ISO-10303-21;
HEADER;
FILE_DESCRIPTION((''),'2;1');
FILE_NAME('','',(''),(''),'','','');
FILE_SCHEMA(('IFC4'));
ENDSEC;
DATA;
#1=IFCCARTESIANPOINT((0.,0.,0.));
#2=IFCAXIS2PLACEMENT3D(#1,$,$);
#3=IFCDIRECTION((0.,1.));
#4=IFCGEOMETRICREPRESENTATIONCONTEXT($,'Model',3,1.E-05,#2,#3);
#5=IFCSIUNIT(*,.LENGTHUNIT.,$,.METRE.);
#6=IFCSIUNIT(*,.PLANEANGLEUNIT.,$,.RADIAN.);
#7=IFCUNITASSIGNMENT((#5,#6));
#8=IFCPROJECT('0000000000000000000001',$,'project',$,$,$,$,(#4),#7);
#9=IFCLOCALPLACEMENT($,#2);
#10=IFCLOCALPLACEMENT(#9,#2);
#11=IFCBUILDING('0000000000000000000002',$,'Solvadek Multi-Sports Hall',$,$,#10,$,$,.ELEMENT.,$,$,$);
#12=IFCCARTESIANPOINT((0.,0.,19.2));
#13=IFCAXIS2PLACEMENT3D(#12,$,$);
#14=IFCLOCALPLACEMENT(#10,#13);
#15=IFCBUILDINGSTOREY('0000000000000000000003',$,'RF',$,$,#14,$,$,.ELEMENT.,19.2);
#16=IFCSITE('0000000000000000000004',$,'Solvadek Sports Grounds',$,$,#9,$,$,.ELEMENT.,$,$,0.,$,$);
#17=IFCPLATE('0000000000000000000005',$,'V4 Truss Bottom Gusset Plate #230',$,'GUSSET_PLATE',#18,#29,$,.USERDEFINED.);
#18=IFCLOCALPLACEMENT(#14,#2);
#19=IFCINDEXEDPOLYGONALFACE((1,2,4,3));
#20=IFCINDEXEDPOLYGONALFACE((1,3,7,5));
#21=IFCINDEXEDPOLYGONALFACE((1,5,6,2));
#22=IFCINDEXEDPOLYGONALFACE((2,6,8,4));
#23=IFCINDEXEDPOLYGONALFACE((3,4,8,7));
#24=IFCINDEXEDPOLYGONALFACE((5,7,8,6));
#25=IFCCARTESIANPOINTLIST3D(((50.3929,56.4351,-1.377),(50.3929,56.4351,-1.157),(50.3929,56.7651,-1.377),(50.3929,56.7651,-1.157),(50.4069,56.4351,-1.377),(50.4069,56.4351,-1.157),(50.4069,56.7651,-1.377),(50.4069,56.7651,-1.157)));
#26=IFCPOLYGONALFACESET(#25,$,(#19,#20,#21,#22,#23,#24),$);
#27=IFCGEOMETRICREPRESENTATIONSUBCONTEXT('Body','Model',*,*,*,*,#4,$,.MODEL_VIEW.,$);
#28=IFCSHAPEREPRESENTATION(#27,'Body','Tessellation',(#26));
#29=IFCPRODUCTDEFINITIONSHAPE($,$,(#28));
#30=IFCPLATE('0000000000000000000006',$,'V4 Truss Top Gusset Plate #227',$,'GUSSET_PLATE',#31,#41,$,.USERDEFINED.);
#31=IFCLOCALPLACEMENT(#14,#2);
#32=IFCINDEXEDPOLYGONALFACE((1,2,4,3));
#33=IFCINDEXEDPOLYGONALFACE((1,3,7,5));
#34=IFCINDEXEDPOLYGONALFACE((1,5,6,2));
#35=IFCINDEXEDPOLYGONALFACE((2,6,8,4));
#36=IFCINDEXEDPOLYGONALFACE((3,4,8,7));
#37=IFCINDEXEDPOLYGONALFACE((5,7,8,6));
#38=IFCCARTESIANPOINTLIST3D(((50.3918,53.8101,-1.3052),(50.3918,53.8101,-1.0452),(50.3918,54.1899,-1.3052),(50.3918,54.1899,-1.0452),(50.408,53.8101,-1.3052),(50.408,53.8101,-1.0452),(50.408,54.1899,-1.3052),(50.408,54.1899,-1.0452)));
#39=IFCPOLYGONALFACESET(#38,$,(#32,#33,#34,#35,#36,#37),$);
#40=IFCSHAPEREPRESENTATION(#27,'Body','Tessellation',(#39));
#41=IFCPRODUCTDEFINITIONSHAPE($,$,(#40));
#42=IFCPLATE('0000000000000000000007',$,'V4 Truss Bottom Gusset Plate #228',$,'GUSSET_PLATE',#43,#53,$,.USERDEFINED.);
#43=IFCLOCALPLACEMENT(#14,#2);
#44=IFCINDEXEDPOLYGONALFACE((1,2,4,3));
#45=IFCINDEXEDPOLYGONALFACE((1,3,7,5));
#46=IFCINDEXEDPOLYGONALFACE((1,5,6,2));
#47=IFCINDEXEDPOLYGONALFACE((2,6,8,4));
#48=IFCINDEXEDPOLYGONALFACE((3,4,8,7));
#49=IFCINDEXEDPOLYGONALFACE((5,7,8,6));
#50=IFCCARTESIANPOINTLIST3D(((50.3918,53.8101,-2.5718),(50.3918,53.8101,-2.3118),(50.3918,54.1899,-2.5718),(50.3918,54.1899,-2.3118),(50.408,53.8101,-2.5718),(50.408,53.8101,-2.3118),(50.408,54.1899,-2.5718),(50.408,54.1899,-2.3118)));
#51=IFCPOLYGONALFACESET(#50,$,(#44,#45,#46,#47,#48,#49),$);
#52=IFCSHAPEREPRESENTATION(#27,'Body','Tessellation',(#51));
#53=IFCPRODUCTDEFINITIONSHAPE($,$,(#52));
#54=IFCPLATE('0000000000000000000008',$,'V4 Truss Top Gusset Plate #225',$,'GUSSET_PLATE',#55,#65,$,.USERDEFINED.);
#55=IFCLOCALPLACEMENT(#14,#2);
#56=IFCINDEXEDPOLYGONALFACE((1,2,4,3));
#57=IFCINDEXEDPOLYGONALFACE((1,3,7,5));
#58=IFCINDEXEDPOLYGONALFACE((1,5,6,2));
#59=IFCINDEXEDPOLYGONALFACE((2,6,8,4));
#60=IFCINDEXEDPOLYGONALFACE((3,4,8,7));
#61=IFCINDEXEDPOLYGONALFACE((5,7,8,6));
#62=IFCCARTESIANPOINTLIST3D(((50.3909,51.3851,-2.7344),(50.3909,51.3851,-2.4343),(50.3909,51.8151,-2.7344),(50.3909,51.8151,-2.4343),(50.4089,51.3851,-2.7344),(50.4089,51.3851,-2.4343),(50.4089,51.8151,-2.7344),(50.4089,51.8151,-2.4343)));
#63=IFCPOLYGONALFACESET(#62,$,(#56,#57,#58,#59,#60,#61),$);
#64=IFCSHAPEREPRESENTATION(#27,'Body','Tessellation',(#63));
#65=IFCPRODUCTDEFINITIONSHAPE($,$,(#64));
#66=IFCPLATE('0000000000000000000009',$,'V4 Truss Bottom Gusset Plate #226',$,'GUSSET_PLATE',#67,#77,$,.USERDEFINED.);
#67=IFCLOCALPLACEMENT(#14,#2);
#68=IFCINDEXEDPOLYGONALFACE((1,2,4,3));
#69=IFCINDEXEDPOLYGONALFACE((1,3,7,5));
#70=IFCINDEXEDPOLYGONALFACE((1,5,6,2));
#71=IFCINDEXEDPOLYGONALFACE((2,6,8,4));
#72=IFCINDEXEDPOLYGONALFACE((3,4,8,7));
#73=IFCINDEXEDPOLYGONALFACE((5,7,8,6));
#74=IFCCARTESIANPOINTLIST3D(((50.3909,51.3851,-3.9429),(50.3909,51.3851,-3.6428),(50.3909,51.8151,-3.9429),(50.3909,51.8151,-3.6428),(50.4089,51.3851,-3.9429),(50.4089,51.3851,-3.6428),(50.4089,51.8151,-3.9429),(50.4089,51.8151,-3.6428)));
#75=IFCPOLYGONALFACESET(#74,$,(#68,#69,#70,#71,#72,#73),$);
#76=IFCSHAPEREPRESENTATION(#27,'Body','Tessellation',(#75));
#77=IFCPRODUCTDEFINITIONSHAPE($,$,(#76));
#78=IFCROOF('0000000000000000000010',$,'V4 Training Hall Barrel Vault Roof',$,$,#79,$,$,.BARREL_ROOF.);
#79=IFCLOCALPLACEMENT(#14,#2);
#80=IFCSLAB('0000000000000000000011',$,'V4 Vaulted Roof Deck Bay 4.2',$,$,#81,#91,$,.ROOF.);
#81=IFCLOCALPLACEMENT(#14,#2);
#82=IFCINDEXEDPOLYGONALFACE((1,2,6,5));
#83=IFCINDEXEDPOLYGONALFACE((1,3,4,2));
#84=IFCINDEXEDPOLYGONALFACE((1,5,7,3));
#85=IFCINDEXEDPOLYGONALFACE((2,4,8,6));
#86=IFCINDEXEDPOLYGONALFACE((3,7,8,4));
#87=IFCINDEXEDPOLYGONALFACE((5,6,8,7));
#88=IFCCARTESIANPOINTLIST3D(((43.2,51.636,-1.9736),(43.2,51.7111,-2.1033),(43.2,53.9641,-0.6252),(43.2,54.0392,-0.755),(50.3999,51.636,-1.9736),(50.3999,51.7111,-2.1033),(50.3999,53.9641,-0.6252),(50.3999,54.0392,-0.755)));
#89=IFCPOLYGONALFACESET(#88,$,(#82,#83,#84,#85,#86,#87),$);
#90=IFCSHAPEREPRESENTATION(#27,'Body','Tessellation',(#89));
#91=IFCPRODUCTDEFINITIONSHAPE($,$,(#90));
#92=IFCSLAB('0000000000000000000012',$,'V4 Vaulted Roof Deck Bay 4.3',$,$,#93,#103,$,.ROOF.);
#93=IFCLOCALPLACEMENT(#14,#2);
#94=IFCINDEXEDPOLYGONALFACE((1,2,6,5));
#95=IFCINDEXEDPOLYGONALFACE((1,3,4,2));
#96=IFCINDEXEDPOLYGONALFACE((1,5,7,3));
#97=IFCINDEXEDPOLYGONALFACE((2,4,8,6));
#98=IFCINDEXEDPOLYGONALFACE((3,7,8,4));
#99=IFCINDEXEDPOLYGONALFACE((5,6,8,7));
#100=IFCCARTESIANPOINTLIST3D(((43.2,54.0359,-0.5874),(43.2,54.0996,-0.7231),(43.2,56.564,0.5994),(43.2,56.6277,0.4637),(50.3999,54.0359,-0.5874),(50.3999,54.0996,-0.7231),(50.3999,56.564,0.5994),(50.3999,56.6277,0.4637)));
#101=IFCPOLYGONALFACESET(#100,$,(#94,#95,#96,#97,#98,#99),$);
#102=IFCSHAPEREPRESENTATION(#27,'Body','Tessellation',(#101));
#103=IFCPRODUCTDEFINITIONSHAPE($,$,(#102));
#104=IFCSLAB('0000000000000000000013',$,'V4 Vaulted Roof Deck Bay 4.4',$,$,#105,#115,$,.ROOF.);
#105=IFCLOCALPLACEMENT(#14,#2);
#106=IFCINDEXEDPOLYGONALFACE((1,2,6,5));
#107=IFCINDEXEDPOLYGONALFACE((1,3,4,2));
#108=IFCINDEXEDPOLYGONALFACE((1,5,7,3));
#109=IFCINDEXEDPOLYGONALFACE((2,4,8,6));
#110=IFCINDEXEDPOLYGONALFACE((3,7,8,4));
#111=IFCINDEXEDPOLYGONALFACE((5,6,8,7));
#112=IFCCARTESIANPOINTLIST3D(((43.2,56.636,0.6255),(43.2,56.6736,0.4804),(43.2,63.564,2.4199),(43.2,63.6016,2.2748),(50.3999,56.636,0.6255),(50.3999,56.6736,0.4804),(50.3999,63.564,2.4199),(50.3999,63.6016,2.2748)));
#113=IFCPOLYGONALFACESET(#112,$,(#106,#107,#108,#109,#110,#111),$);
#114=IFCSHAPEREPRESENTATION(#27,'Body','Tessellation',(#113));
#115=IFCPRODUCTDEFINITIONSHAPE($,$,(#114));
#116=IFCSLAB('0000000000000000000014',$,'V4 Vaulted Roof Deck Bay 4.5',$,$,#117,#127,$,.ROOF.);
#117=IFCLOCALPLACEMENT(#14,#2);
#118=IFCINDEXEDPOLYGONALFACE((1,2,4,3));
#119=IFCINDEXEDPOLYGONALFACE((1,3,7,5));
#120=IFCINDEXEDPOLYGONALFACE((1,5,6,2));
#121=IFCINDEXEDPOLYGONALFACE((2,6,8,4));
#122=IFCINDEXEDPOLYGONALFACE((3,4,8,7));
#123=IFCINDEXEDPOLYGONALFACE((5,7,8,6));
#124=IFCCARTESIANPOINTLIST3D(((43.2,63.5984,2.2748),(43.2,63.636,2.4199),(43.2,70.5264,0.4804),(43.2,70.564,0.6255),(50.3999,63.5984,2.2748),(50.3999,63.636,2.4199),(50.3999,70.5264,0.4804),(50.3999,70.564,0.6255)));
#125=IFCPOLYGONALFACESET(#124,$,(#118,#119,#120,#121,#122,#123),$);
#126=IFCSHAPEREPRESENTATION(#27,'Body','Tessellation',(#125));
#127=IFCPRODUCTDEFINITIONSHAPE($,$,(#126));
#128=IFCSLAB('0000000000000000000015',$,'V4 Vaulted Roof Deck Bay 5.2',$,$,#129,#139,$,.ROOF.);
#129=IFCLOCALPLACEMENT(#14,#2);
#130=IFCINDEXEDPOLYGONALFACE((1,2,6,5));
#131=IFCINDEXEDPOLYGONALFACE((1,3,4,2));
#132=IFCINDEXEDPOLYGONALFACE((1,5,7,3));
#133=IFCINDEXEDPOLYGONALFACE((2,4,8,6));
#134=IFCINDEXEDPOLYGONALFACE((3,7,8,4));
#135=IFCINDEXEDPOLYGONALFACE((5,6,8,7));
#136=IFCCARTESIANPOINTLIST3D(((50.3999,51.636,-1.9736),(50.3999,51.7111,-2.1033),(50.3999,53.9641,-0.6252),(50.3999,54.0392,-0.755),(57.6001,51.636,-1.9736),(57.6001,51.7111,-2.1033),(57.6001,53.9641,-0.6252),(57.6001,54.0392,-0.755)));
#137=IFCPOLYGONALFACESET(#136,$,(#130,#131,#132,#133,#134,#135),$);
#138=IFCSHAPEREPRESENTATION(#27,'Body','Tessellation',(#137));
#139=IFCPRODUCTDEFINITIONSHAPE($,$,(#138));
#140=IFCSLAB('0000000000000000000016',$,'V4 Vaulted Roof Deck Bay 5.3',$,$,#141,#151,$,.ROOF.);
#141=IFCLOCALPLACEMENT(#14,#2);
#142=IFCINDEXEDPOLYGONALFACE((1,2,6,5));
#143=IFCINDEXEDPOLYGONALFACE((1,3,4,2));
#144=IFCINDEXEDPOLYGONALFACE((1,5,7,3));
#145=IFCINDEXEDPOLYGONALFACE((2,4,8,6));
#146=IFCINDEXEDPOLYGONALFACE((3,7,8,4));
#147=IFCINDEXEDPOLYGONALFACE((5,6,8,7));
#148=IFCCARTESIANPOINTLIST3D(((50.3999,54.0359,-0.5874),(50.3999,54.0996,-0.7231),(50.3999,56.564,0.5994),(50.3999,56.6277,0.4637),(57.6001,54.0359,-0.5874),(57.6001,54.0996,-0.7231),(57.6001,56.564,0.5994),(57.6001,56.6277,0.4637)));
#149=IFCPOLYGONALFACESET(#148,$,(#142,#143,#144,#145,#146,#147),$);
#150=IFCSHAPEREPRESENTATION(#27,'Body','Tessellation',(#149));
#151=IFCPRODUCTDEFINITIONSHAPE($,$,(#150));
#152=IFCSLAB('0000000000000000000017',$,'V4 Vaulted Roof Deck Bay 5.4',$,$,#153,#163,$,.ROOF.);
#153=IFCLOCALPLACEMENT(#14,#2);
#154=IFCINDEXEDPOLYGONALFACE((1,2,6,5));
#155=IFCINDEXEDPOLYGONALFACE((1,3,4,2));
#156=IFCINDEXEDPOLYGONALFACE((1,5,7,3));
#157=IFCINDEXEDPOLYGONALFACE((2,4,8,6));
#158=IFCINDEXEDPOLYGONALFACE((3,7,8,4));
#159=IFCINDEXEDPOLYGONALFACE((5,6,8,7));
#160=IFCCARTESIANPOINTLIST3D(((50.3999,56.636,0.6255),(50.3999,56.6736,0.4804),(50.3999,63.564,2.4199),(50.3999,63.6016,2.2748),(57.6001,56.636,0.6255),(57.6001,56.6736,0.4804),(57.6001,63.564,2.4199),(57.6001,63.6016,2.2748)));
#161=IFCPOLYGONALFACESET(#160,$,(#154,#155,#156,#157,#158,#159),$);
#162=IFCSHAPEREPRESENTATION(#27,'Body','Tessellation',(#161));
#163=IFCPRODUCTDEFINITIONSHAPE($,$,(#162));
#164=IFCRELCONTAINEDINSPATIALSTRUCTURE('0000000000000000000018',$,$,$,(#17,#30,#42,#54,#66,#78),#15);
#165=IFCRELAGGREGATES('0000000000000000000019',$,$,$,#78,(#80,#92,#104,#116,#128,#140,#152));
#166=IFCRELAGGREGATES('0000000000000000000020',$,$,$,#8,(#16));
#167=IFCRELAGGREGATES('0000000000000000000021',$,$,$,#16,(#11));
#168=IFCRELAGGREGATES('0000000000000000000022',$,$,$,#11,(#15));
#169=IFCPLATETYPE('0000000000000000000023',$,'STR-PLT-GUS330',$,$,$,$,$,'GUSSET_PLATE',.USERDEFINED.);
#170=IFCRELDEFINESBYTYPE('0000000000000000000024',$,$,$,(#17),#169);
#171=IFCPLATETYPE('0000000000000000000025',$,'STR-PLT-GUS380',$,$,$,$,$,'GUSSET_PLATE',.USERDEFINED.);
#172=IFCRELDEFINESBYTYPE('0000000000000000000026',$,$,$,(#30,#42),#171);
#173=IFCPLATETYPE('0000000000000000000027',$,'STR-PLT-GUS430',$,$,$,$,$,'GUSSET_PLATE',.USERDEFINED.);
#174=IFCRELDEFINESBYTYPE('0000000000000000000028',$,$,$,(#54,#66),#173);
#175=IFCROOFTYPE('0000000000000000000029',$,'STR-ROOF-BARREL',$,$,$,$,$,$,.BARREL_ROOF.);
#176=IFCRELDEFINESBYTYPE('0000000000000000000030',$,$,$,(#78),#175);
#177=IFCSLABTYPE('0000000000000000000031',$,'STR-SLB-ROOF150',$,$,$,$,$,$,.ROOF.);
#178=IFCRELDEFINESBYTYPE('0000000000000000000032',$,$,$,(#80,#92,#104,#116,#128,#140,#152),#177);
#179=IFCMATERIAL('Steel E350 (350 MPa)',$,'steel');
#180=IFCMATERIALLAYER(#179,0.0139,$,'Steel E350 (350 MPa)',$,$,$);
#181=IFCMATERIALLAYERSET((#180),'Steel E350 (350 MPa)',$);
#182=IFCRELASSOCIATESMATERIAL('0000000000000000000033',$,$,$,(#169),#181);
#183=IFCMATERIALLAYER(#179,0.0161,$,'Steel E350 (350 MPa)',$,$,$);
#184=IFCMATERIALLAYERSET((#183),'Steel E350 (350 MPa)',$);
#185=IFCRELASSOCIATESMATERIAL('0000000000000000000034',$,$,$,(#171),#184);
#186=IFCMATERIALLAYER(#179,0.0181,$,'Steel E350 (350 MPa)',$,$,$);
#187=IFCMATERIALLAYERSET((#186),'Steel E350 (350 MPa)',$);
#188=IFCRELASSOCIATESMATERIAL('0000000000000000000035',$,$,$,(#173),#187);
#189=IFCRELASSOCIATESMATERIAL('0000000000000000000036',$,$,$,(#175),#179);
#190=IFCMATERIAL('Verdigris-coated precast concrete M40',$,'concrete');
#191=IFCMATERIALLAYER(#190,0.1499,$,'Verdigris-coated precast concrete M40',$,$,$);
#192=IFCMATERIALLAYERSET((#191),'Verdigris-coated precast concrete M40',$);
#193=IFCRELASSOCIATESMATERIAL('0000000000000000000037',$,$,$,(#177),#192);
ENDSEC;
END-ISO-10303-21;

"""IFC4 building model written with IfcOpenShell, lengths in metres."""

from ifc_helpers import new_model, si_unit, direction, frame, origin, origin_2d, place, context, subcontext, project, spatial, polyline, rectangle, outline, extrude, material, layer, layer_set, type_object, element, aggregate, save


model = new_model("IFC4")

# Units and contexts
model_context = context("Model", 3, precision=1e-05, world=origin(), true_north=direction((0.0, 1.0)))
body_context = subcontext(model_context, "Body", "Model", "MODEL_VIEW")
ifc_project = project(units=[si_unit("LENGTHUNIT", "METRE"), si_unit("PLANEANGLEUNIT", "RADIAN")], contexts=[model_context])

# Site, building, storey
site_placement = place(None, origin())
site = spatial("IfcSite", under=ifc_project, at=site_placement, Name="Solvadek Sports Grounds", CompositionType="ELEMENT", RefElevation=0.0)
building_placement = place(site_placement, origin())
building = spatial("IfcBuilding", under=site, at=building_placement, Name="Solvadek Multi-Sports Hall", CompositionType="ELEMENT")
storey_placement = place(building_placement, frame((0.0, 0.0, 19.2)))
storey = spatial("IfcBuildingStorey", under=building, at=storey_placement, Name="RF", CompositionType="ELEMENT", Elevation=19.2)

# Shared definitions
ifc_material_1 = material(Name="Steel E350 (350 MPa)", Category="steel")

# Plates
ifc_layer_1 = layer(ifc_material_1, 0.0139, Name="Steel E350 (350 MPa)")
ifc_layer_set_1 = layer_set([ifc_layer_1], Name="Steel E350 (350 MPa)")
plate_type_1 = type_object("IfcPlateType", Name="STR-PLT-GUS330", ElementType="GUSSET_PLATE", PredefinedType="USERDEFINED", material=ifc_layer_set_1)
for number, where, z_axis, x_axis, name in (
    (1, (50.3999, 56.6001, -1.377), (0.0, 0.0, 1.0), (0.0, 1.0, 0.0), "V4 Truss Bottom Gusset Plate #230"),
):
    element("IfcPlate", number, at=place(storey_placement, frame(where, z_axis=z_axis, x_axis=x_axis)), inside=storey, type_object=plate_type_1, Name=name, ObjectType="GUSSET_PLATE", PredefinedType="USERDEFINED", context=body_context, shape_type="SweptSolid", body=[
        extrude(rectangle(XDim=0.3301, YDim=0.0139, at=origin_2d()), origin(), (0.0, 0.0, 1.0), 0.22),
    ])
ifc_layer_2 = layer(ifc_material_1, 0.0161, Name="Steel E350 (350 MPa)")
ifc_layer_set_2 = layer_set([ifc_layer_2], Name="Steel E350 (350 MPa)")
plate_type_2 = type_object("IfcPlateType", Name="STR-PLT-GUS380", ElementType="GUSSET_PLATE", PredefinedType="USERDEFINED", material=ifc_layer_set_2)
for number, where, z_axis, x_axis, name in (
    (2, (50.3999, 54.0, -1.3052), (0.0, 0.0, 1.0), (0.0, 1.0, 0.0), "V4 Truss Top Gusset Plate #227"),
    (3, (50.3999, 54.0, -2.5718), (0.0, 0.0, 1.0), (0.0, 1.0, 0.0), "V4 Truss Bottom Gusset Plate #228"),
):
    element("IfcPlate", number, at=place(storey_placement, frame(where, z_axis=z_axis, x_axis=x_axis)), inside=storey, type_object=plate_type_2, Name=name, ObjectType="GUSSET_PLATE", PredefinedType="USERDEFINED", context=body_context, shape_type="SweptSolid", body=[
        extrude(rectangle(XDim=0.3799, YDim=0.0161, at=origin_2d()), origin(), (0.0, 0.0, 1.0), 0.26),
    ])
ifc_layer_3 = layer(ifc_material_1, 0.0181, Name="Steel E350 (350 MPa)")
ifc_layer_set_3 = layer_set([ifc_layer_3], Name="Steel E350 (350 MPa)")
plate_type_3 = type_object("IfcPlateType", Name="STR-PLT-GUS430", ElementType="GUSSET_PLATE", PredefinedType="USERDEFINED", material=ifc_layer_set_3)
for number, where, z_axis, x_axis, name in (
    (4, (50.3999, 51.6001, -2.7344), (0.0, 0.0, 1.0), (0.0, 1.0, 0.0), "V4 Truss Top Gusset Plate #225"),
    (5, (50.3999, 51.6001, -3.9429), (0.0, 0.0, 1.0), (0.0, 1.0, 0.0), "V4 Truss Bottom Gusset Plate #226"),
):
    element("IfcPlate", number, at=place(storey_placement, frame(where, z_axis=z_axis, x_axis=x_axis)), inside=storey, type_object=plate_type_3, Name=name, ObjectType="GUSSET_PLATE", PredefinedType="USERDEFINED", context=body_context, shape_type="SweptSolid", body=[
        extrude(rectangle(XDim=0.4299, YDim=0.0181, at=origin_2d()), origin(), (0.0, 0.0, 1.0), 0.3),
    ])

# Roof, slabs
roof_type = type_object("IfcRoofType", Name="STR-ROOF-BARREL", PredefinedType="BARREL_ROOF", material=ifc_material_1)
roof_placement = place(storey_placement, origin())
roof = element("IfcRoof", 6, at=roof_placement, inside=storey, type_object=roof_type, Name="V4 Training Hall Barrel Vault Roof", PredefinedType="BARREL_ROOF")
ifc_material_2 = material(Name="Verdigris-coated precast concrete M40", Category="concrete")
ifc_layer_4 = layer(ifc_material_2, 0.1499, Name="Verdigris-coated precast concrete M40")
ifc_layer_set_4 = layer_set([ifc_layer_4], Name="Verdigris-coated precast concrete M40")
slab_type = type_object("IfcSlabType", Name="STR-SLB-ROOF150", PredefinedType="ROOF", material=ifc_layer_set_4)
slab_1_placement = place(storey_placement, frame((43.2, 51.636, -1.9736), z_axis=(0.0, -0.501183, 0.865341), x_axis=(1.0, 0.0, 0.0)))
slab_1 = element("IfcSlab", 7, at=slab_1_placement, type_object=slab_type, Name="V4 Vaulted Roof Deck Bay 4.2", PredefinedType="ROOF", context=body_context, shape_type="SweptSolid", body=[
    extrude(outline(polyline([(0.0, 0.0), (7.2, 0.0), (7.2, 2.6904), (0.0, 2.6904), (0.0, 0.0)])), origin(), (0.0, 0.0, -1.0), 0.1499),
])
slab_2_placement = place(storey_placement, frame((43.2, 54.0359, -0.5874), z_axis=(0.0, -0.424942, 0.90522), x_axis=(1.0, 0.0, 0.0)))
slab_2 = element("IfcSlab", 8, at=slab_2_placement, type_object=slab_type, Name="V4 Vaulted Roof Deck Bay 4.3", PredefinedType="ROOF", context=body_context, shape_type="SweptSolid", body=[
    extrude(outline(polyline([(0.0, 0.0), (7.2, 0.0), (7.2, 2.7928), (0.0, 2.7928), (0.0, 0.0)])), origin(), (0.0, 0.0, -1.0), 0.1499),
])
slab_3_placement = place(storey_placement, frame((43.2, 56.636, 0.6255), z_axis=(0.0, -0.250738, 0.968055), x_axis=(1.0, 0.0, 0.0)))
slab_3 = element("IfcSlab", 9, at=slab_3_placement, type_object=slab_type, Name="V4 Vaulted Roof Deck Bay 4.4", PredefinedType="ROOF", context=body_context, shape_type="SweptSolid", body=[
    extrude(outline(polyline([(0.0, 0.0), (7.2, 0.0), (7.2, 7.1566), (0.0, 7.1566), (0.0, 0.0)])), origin(), (0.0, 0.0, -1.0), 0.1499),
])
slab_4_placement = place(storey_placement, frame((43.2, 63.636, 2.4199), z_axis=(0.0, 0.250738, 0.968055), x_axis=(1.0, 0.0, 0.0)))
slab_4 = element("IfcSlab", 10, at=slab_4_placement, type_object=slab_type, Name="V4 Vaulted Roof Deck Bay 4.5", PredefinedType="ROOF", context=body_context, shape_type="SweptSolid", body=[
    extrude(outline(polyline([(0.0, 0.0), (7.2, 0.0), (7.2, 7.1566), (0.0, 7.1566), (0.0, 0.0)])), origin(), (0.0, 0.0, -1.0), 0.1499),
])
slab_5_placement = place(storey_placement, frame((50.3999, 51.636, -1.9736), z_axis=(0.0, -0.501183, 0.865341), x_axis=(1.0, 0.0, 0.0)))
slab_5 = element("IfcSlab", 11, at=slab_5_placement, type_object=slab_type, Name="V4 Vaulted Roof Deck Bay 5.2", PredefinedType="ROOF", context=body_context, shape_type="SweptSolid", body=[
    extrude(outline(polyline([(0.0, 0.0), (7.2002, 0.0), (7.2002, 2.6904), (0.0, 2.6904), (0.0, 0.0)])), origin(), (0.0, 0.0, -1.0), 0.1499),
])
slab_6_placement = place(storey_placement, frame((50.3999, 54.0359, -0.5874), z_axis=(0.0, -0.424942, 0.90522), x_axis=(1.0, 0.0, 0.0)))
slab_6 = element("IfcSlab", 12, at=slab_6_placement, type_object=slab_type, Name="V4 Vaulted Roof Deck Bay 5.3", PredefinedType="ROOF", context=body_context, shape_type="SweptSolid", body=[
    extrude(outline(polyline([(0.0, 0.0), (7.2002, 0.0), (7.2002, 2.7928), (0.0, 2.7928), (0.0, 0.0)])), origin(), (0.0, 0.0, -1.0), 0.1499),
])
slab_7_placement = place(storey_placement, frame((50.3999, 56.636, 0.6255), z_axis=(0.0, -0.250738, 0.968055), x_axis=(1.0, 0.0, 0.0)))
slab_7 = element("IfcSlab", 13, at=slab_7_placement, type_object=slab_type, Name="V4 Vaulted Roof Deck Bay 5.4", PredefinedType="ROOF", context=body_context, shape_type="SweptSolid", body=[
    extrude(outline(polyline([(0.0, 0.0), (7.2002, 0.0), (7.2002, 7.1566), (0.0, 7.1566), (0.0, 0.0)])), origin(), (0.0, 0.0, -1.0), 0.1499),
])
aggregate(roof, [slab_1, slab_2, slab_3, slab_4, slab_5, slab_6, slab_7])

save(model, "model.ifc")
